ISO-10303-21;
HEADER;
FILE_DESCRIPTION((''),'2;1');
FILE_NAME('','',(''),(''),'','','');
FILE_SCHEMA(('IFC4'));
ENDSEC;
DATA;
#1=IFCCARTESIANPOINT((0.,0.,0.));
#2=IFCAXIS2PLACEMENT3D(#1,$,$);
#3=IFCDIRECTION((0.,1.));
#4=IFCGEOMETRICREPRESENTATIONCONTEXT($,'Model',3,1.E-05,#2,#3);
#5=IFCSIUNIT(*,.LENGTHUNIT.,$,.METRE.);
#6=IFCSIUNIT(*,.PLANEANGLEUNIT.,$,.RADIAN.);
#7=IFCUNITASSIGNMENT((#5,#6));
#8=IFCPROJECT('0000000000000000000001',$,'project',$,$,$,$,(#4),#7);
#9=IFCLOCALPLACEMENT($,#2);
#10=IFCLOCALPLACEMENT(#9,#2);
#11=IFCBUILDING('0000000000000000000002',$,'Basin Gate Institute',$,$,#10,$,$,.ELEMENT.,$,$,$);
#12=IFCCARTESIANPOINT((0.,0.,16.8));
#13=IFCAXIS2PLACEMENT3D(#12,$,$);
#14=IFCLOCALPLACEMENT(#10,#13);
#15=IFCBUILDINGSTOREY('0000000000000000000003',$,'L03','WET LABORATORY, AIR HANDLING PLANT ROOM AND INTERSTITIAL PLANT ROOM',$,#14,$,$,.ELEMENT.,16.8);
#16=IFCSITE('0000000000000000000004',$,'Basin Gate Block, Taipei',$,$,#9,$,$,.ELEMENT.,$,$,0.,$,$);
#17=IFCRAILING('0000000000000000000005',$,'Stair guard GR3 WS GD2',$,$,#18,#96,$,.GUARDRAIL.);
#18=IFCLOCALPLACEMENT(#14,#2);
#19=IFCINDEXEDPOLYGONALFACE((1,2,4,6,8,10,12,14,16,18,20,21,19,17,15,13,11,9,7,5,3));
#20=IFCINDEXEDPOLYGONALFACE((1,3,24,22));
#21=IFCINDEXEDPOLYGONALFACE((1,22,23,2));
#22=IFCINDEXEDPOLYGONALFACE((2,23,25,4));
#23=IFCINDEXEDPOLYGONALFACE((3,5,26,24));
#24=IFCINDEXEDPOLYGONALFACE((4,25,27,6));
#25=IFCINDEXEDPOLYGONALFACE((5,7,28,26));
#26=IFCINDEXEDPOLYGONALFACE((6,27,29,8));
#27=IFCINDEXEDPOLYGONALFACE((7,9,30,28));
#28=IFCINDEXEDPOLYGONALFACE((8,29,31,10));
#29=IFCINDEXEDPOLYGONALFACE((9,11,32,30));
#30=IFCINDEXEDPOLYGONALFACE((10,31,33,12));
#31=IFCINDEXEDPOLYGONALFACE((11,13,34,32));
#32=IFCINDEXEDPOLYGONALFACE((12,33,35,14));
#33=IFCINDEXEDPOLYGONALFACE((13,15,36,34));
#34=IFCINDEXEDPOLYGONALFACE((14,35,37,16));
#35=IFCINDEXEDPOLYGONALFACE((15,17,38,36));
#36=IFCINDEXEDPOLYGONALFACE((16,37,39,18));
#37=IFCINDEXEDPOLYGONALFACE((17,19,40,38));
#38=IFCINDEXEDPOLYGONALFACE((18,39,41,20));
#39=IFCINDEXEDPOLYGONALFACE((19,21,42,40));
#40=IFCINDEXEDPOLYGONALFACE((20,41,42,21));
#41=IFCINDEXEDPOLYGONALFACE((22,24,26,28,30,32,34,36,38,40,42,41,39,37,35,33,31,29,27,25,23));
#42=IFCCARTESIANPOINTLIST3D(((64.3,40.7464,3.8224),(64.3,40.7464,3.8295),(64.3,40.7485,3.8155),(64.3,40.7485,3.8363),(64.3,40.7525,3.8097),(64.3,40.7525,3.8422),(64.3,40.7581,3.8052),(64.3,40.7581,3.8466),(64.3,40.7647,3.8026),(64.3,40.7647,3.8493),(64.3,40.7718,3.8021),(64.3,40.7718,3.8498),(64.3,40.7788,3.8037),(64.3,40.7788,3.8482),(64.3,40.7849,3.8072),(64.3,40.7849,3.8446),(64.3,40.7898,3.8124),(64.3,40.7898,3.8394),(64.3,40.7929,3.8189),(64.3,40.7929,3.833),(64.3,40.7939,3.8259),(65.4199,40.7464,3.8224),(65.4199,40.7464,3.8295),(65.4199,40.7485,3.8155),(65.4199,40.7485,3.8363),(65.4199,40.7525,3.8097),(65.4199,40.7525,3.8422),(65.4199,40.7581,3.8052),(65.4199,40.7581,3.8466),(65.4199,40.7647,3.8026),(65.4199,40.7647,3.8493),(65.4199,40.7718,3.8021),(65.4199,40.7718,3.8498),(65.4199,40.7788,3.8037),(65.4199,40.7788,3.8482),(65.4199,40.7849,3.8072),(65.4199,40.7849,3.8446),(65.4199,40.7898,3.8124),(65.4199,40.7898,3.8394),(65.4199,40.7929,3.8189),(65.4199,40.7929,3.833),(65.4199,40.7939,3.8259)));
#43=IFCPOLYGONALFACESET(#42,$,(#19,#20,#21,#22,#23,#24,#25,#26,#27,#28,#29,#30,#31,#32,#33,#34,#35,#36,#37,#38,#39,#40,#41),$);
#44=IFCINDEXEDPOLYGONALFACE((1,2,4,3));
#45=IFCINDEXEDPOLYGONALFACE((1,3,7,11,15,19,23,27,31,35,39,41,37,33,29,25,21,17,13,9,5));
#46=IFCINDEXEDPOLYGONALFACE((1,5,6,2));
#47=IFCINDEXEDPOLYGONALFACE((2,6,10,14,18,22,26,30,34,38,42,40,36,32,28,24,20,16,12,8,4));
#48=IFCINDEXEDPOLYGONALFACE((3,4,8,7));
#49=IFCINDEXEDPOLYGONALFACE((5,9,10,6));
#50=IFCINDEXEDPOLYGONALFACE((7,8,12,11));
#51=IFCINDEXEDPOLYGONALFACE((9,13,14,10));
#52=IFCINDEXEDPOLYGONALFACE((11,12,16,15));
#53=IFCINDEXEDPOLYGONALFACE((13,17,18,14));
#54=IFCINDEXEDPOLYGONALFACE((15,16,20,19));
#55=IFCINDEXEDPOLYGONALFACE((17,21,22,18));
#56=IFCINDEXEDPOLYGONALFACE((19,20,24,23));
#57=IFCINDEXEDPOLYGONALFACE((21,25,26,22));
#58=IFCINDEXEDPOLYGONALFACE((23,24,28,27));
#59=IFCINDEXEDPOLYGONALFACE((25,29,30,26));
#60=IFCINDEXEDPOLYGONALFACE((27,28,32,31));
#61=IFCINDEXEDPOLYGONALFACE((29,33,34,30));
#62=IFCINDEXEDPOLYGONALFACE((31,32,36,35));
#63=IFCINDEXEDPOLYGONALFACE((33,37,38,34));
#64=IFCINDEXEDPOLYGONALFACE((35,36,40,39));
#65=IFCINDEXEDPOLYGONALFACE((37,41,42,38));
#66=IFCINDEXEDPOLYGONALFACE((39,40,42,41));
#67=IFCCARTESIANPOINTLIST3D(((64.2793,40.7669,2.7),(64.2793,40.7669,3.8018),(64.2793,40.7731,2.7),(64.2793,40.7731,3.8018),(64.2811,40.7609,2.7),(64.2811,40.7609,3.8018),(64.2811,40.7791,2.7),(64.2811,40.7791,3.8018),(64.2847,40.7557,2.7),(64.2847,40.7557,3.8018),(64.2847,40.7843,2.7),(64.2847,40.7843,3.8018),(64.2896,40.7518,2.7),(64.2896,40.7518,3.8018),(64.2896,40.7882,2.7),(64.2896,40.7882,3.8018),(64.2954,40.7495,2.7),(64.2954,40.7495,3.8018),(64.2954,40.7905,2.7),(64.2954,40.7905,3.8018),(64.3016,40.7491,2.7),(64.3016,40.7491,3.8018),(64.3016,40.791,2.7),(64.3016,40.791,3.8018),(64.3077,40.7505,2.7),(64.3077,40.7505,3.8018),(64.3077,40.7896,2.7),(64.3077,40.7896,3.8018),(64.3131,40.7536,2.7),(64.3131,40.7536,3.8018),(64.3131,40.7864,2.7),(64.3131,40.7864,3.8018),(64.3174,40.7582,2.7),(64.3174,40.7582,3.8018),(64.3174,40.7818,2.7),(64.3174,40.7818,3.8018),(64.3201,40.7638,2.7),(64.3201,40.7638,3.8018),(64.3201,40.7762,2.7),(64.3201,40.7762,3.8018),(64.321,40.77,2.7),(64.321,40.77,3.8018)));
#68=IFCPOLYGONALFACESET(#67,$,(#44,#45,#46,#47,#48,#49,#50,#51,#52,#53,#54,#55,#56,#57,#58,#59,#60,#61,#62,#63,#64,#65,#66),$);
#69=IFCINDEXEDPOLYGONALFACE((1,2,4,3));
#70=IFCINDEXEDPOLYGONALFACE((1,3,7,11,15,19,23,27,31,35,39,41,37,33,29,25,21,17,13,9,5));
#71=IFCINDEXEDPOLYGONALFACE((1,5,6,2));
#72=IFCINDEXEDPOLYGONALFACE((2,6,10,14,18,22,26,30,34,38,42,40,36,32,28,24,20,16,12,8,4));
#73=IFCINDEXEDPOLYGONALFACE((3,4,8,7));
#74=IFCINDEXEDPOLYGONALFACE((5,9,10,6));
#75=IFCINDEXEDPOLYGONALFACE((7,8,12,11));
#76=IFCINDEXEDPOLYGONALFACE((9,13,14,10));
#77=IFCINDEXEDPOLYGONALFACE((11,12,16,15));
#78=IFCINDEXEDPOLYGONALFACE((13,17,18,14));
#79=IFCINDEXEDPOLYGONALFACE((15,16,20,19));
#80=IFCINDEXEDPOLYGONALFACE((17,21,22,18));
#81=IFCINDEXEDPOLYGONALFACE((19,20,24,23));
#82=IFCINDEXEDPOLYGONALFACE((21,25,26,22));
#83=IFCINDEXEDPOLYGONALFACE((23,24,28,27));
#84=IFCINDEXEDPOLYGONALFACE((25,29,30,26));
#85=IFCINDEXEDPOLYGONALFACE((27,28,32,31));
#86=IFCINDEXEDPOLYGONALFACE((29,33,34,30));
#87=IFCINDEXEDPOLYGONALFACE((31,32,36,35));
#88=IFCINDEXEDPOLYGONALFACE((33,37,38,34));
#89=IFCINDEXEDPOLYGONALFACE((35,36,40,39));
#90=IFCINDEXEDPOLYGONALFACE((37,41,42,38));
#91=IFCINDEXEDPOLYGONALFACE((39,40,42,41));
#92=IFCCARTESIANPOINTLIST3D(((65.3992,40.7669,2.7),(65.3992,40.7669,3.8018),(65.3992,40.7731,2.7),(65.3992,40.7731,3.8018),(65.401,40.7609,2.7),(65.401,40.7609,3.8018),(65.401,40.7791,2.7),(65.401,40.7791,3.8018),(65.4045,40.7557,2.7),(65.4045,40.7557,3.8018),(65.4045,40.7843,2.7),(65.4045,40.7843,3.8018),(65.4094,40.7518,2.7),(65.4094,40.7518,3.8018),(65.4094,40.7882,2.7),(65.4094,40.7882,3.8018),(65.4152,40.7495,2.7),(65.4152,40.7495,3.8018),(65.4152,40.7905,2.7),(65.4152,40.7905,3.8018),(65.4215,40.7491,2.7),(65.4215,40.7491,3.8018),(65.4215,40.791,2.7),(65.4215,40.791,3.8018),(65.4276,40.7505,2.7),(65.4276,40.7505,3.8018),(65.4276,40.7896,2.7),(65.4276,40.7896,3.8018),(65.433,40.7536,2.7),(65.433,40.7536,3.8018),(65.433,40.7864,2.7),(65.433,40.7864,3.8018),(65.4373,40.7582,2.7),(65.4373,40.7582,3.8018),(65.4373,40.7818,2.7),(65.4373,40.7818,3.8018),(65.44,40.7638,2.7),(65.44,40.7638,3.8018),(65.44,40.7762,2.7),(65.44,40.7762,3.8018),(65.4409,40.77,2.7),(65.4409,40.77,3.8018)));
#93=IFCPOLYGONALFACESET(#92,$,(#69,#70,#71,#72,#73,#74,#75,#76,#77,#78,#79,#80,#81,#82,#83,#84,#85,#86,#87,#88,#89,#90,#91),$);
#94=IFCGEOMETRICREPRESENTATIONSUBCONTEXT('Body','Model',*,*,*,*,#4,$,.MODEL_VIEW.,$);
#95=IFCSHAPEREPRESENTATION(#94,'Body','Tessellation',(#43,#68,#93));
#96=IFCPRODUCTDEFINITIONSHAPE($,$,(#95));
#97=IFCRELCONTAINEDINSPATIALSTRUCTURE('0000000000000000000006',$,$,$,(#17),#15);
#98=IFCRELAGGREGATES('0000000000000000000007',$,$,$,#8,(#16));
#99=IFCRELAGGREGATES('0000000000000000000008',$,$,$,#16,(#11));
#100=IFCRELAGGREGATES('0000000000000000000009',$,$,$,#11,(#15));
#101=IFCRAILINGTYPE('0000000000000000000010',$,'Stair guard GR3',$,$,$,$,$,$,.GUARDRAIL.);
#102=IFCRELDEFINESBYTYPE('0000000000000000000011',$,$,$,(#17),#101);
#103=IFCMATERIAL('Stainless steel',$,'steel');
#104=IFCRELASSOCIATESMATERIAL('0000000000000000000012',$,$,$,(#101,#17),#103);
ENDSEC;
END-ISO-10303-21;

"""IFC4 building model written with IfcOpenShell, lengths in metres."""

from ifc_helpers import new_model, si_unit, direction, frame, origin, origin_2d, place, context, subcontext, project, spatial, circle, extrude, material, type_object, element, save


model = new_model("IFC4")

# Units and contexts
model_context = context("Model", 3, precision=1e-05, world=origin(), true_north=direction((0.0, 1.0)))
body_context = subcontext(model_context, "Body", "Model", "MODEL_VIEW")
ifc_project = project(units=[si_unit("LENGTHUNIT", "METRE"), si_unit("PLANEANGLEUNIT", "RADIAN")], contexts=[model_context])

# Site, building, storey
site_placement = place(None, origin())
site = spatial("IfcSite", under=ifc_project, at=site_placement, Name="Basin Gate Block, Taipei", CompositionType="ELEMENT", RefElevation=0.0)
building_placement = place(site_placement, origin())
building = spatial("IfcBuilding", under=site, at=building_placement, Name="Basin Gate Institute", CompositionType="ELEMENT")
storey_placement = place(building_placement, frame((0.0, 0.0, 16.8)))
storey = spatial("IfcBuildingStorey", under=building, at=storey_placement, Name="L03", Description="WET LABORATORY, AIR HANDLING PLANT ROOM AND INTERSTITIAL PLANT ROOM", CompositionType="ELEMENT", Elevation=16.8)

# Railing
ifc_material_1 = material(Name="Stainless steel", Category="steel")
railing_type_1 = type_object("IfcRailingType", Name="Stair guard GR3", PredefinedType="GUARDRAIL", material=ifc_material_1)
railing_1_placement = place(storey_placement, frame((64.3, 40.77, 2.7)))
element("IfcRailing", 1, at=railing_1_placement, inside=storey, type_object=railing_type_1, material=ifc_material_1, Name="Stair guard GR3 WS GD2", PredefinedType="GUARDRAIL", context=body_context, shape_type="SweptSolid", body=[
    extrude(circle(Radius=0.0239, at=origin_2d()), frame((0.0, 0.0, 1.126), z_axis=(1.0, 0.0, 0.0), x_axis=(0.0, 1.0, 0.0)), (0.0, 0.0, 1.0), 1.1199),
    extrude(circle(Radius=0.021, at=origin_2d()), origin(), (0.0, 0.0, 1.0), 1.1018),
    extrude(circle(Radius=0.021, at=origin_2d()), frame((1.1199, 0.0, 0.0)), (0.0, 0.0, 1.0), 1.1018),
])

save(model, "model.ifc")
